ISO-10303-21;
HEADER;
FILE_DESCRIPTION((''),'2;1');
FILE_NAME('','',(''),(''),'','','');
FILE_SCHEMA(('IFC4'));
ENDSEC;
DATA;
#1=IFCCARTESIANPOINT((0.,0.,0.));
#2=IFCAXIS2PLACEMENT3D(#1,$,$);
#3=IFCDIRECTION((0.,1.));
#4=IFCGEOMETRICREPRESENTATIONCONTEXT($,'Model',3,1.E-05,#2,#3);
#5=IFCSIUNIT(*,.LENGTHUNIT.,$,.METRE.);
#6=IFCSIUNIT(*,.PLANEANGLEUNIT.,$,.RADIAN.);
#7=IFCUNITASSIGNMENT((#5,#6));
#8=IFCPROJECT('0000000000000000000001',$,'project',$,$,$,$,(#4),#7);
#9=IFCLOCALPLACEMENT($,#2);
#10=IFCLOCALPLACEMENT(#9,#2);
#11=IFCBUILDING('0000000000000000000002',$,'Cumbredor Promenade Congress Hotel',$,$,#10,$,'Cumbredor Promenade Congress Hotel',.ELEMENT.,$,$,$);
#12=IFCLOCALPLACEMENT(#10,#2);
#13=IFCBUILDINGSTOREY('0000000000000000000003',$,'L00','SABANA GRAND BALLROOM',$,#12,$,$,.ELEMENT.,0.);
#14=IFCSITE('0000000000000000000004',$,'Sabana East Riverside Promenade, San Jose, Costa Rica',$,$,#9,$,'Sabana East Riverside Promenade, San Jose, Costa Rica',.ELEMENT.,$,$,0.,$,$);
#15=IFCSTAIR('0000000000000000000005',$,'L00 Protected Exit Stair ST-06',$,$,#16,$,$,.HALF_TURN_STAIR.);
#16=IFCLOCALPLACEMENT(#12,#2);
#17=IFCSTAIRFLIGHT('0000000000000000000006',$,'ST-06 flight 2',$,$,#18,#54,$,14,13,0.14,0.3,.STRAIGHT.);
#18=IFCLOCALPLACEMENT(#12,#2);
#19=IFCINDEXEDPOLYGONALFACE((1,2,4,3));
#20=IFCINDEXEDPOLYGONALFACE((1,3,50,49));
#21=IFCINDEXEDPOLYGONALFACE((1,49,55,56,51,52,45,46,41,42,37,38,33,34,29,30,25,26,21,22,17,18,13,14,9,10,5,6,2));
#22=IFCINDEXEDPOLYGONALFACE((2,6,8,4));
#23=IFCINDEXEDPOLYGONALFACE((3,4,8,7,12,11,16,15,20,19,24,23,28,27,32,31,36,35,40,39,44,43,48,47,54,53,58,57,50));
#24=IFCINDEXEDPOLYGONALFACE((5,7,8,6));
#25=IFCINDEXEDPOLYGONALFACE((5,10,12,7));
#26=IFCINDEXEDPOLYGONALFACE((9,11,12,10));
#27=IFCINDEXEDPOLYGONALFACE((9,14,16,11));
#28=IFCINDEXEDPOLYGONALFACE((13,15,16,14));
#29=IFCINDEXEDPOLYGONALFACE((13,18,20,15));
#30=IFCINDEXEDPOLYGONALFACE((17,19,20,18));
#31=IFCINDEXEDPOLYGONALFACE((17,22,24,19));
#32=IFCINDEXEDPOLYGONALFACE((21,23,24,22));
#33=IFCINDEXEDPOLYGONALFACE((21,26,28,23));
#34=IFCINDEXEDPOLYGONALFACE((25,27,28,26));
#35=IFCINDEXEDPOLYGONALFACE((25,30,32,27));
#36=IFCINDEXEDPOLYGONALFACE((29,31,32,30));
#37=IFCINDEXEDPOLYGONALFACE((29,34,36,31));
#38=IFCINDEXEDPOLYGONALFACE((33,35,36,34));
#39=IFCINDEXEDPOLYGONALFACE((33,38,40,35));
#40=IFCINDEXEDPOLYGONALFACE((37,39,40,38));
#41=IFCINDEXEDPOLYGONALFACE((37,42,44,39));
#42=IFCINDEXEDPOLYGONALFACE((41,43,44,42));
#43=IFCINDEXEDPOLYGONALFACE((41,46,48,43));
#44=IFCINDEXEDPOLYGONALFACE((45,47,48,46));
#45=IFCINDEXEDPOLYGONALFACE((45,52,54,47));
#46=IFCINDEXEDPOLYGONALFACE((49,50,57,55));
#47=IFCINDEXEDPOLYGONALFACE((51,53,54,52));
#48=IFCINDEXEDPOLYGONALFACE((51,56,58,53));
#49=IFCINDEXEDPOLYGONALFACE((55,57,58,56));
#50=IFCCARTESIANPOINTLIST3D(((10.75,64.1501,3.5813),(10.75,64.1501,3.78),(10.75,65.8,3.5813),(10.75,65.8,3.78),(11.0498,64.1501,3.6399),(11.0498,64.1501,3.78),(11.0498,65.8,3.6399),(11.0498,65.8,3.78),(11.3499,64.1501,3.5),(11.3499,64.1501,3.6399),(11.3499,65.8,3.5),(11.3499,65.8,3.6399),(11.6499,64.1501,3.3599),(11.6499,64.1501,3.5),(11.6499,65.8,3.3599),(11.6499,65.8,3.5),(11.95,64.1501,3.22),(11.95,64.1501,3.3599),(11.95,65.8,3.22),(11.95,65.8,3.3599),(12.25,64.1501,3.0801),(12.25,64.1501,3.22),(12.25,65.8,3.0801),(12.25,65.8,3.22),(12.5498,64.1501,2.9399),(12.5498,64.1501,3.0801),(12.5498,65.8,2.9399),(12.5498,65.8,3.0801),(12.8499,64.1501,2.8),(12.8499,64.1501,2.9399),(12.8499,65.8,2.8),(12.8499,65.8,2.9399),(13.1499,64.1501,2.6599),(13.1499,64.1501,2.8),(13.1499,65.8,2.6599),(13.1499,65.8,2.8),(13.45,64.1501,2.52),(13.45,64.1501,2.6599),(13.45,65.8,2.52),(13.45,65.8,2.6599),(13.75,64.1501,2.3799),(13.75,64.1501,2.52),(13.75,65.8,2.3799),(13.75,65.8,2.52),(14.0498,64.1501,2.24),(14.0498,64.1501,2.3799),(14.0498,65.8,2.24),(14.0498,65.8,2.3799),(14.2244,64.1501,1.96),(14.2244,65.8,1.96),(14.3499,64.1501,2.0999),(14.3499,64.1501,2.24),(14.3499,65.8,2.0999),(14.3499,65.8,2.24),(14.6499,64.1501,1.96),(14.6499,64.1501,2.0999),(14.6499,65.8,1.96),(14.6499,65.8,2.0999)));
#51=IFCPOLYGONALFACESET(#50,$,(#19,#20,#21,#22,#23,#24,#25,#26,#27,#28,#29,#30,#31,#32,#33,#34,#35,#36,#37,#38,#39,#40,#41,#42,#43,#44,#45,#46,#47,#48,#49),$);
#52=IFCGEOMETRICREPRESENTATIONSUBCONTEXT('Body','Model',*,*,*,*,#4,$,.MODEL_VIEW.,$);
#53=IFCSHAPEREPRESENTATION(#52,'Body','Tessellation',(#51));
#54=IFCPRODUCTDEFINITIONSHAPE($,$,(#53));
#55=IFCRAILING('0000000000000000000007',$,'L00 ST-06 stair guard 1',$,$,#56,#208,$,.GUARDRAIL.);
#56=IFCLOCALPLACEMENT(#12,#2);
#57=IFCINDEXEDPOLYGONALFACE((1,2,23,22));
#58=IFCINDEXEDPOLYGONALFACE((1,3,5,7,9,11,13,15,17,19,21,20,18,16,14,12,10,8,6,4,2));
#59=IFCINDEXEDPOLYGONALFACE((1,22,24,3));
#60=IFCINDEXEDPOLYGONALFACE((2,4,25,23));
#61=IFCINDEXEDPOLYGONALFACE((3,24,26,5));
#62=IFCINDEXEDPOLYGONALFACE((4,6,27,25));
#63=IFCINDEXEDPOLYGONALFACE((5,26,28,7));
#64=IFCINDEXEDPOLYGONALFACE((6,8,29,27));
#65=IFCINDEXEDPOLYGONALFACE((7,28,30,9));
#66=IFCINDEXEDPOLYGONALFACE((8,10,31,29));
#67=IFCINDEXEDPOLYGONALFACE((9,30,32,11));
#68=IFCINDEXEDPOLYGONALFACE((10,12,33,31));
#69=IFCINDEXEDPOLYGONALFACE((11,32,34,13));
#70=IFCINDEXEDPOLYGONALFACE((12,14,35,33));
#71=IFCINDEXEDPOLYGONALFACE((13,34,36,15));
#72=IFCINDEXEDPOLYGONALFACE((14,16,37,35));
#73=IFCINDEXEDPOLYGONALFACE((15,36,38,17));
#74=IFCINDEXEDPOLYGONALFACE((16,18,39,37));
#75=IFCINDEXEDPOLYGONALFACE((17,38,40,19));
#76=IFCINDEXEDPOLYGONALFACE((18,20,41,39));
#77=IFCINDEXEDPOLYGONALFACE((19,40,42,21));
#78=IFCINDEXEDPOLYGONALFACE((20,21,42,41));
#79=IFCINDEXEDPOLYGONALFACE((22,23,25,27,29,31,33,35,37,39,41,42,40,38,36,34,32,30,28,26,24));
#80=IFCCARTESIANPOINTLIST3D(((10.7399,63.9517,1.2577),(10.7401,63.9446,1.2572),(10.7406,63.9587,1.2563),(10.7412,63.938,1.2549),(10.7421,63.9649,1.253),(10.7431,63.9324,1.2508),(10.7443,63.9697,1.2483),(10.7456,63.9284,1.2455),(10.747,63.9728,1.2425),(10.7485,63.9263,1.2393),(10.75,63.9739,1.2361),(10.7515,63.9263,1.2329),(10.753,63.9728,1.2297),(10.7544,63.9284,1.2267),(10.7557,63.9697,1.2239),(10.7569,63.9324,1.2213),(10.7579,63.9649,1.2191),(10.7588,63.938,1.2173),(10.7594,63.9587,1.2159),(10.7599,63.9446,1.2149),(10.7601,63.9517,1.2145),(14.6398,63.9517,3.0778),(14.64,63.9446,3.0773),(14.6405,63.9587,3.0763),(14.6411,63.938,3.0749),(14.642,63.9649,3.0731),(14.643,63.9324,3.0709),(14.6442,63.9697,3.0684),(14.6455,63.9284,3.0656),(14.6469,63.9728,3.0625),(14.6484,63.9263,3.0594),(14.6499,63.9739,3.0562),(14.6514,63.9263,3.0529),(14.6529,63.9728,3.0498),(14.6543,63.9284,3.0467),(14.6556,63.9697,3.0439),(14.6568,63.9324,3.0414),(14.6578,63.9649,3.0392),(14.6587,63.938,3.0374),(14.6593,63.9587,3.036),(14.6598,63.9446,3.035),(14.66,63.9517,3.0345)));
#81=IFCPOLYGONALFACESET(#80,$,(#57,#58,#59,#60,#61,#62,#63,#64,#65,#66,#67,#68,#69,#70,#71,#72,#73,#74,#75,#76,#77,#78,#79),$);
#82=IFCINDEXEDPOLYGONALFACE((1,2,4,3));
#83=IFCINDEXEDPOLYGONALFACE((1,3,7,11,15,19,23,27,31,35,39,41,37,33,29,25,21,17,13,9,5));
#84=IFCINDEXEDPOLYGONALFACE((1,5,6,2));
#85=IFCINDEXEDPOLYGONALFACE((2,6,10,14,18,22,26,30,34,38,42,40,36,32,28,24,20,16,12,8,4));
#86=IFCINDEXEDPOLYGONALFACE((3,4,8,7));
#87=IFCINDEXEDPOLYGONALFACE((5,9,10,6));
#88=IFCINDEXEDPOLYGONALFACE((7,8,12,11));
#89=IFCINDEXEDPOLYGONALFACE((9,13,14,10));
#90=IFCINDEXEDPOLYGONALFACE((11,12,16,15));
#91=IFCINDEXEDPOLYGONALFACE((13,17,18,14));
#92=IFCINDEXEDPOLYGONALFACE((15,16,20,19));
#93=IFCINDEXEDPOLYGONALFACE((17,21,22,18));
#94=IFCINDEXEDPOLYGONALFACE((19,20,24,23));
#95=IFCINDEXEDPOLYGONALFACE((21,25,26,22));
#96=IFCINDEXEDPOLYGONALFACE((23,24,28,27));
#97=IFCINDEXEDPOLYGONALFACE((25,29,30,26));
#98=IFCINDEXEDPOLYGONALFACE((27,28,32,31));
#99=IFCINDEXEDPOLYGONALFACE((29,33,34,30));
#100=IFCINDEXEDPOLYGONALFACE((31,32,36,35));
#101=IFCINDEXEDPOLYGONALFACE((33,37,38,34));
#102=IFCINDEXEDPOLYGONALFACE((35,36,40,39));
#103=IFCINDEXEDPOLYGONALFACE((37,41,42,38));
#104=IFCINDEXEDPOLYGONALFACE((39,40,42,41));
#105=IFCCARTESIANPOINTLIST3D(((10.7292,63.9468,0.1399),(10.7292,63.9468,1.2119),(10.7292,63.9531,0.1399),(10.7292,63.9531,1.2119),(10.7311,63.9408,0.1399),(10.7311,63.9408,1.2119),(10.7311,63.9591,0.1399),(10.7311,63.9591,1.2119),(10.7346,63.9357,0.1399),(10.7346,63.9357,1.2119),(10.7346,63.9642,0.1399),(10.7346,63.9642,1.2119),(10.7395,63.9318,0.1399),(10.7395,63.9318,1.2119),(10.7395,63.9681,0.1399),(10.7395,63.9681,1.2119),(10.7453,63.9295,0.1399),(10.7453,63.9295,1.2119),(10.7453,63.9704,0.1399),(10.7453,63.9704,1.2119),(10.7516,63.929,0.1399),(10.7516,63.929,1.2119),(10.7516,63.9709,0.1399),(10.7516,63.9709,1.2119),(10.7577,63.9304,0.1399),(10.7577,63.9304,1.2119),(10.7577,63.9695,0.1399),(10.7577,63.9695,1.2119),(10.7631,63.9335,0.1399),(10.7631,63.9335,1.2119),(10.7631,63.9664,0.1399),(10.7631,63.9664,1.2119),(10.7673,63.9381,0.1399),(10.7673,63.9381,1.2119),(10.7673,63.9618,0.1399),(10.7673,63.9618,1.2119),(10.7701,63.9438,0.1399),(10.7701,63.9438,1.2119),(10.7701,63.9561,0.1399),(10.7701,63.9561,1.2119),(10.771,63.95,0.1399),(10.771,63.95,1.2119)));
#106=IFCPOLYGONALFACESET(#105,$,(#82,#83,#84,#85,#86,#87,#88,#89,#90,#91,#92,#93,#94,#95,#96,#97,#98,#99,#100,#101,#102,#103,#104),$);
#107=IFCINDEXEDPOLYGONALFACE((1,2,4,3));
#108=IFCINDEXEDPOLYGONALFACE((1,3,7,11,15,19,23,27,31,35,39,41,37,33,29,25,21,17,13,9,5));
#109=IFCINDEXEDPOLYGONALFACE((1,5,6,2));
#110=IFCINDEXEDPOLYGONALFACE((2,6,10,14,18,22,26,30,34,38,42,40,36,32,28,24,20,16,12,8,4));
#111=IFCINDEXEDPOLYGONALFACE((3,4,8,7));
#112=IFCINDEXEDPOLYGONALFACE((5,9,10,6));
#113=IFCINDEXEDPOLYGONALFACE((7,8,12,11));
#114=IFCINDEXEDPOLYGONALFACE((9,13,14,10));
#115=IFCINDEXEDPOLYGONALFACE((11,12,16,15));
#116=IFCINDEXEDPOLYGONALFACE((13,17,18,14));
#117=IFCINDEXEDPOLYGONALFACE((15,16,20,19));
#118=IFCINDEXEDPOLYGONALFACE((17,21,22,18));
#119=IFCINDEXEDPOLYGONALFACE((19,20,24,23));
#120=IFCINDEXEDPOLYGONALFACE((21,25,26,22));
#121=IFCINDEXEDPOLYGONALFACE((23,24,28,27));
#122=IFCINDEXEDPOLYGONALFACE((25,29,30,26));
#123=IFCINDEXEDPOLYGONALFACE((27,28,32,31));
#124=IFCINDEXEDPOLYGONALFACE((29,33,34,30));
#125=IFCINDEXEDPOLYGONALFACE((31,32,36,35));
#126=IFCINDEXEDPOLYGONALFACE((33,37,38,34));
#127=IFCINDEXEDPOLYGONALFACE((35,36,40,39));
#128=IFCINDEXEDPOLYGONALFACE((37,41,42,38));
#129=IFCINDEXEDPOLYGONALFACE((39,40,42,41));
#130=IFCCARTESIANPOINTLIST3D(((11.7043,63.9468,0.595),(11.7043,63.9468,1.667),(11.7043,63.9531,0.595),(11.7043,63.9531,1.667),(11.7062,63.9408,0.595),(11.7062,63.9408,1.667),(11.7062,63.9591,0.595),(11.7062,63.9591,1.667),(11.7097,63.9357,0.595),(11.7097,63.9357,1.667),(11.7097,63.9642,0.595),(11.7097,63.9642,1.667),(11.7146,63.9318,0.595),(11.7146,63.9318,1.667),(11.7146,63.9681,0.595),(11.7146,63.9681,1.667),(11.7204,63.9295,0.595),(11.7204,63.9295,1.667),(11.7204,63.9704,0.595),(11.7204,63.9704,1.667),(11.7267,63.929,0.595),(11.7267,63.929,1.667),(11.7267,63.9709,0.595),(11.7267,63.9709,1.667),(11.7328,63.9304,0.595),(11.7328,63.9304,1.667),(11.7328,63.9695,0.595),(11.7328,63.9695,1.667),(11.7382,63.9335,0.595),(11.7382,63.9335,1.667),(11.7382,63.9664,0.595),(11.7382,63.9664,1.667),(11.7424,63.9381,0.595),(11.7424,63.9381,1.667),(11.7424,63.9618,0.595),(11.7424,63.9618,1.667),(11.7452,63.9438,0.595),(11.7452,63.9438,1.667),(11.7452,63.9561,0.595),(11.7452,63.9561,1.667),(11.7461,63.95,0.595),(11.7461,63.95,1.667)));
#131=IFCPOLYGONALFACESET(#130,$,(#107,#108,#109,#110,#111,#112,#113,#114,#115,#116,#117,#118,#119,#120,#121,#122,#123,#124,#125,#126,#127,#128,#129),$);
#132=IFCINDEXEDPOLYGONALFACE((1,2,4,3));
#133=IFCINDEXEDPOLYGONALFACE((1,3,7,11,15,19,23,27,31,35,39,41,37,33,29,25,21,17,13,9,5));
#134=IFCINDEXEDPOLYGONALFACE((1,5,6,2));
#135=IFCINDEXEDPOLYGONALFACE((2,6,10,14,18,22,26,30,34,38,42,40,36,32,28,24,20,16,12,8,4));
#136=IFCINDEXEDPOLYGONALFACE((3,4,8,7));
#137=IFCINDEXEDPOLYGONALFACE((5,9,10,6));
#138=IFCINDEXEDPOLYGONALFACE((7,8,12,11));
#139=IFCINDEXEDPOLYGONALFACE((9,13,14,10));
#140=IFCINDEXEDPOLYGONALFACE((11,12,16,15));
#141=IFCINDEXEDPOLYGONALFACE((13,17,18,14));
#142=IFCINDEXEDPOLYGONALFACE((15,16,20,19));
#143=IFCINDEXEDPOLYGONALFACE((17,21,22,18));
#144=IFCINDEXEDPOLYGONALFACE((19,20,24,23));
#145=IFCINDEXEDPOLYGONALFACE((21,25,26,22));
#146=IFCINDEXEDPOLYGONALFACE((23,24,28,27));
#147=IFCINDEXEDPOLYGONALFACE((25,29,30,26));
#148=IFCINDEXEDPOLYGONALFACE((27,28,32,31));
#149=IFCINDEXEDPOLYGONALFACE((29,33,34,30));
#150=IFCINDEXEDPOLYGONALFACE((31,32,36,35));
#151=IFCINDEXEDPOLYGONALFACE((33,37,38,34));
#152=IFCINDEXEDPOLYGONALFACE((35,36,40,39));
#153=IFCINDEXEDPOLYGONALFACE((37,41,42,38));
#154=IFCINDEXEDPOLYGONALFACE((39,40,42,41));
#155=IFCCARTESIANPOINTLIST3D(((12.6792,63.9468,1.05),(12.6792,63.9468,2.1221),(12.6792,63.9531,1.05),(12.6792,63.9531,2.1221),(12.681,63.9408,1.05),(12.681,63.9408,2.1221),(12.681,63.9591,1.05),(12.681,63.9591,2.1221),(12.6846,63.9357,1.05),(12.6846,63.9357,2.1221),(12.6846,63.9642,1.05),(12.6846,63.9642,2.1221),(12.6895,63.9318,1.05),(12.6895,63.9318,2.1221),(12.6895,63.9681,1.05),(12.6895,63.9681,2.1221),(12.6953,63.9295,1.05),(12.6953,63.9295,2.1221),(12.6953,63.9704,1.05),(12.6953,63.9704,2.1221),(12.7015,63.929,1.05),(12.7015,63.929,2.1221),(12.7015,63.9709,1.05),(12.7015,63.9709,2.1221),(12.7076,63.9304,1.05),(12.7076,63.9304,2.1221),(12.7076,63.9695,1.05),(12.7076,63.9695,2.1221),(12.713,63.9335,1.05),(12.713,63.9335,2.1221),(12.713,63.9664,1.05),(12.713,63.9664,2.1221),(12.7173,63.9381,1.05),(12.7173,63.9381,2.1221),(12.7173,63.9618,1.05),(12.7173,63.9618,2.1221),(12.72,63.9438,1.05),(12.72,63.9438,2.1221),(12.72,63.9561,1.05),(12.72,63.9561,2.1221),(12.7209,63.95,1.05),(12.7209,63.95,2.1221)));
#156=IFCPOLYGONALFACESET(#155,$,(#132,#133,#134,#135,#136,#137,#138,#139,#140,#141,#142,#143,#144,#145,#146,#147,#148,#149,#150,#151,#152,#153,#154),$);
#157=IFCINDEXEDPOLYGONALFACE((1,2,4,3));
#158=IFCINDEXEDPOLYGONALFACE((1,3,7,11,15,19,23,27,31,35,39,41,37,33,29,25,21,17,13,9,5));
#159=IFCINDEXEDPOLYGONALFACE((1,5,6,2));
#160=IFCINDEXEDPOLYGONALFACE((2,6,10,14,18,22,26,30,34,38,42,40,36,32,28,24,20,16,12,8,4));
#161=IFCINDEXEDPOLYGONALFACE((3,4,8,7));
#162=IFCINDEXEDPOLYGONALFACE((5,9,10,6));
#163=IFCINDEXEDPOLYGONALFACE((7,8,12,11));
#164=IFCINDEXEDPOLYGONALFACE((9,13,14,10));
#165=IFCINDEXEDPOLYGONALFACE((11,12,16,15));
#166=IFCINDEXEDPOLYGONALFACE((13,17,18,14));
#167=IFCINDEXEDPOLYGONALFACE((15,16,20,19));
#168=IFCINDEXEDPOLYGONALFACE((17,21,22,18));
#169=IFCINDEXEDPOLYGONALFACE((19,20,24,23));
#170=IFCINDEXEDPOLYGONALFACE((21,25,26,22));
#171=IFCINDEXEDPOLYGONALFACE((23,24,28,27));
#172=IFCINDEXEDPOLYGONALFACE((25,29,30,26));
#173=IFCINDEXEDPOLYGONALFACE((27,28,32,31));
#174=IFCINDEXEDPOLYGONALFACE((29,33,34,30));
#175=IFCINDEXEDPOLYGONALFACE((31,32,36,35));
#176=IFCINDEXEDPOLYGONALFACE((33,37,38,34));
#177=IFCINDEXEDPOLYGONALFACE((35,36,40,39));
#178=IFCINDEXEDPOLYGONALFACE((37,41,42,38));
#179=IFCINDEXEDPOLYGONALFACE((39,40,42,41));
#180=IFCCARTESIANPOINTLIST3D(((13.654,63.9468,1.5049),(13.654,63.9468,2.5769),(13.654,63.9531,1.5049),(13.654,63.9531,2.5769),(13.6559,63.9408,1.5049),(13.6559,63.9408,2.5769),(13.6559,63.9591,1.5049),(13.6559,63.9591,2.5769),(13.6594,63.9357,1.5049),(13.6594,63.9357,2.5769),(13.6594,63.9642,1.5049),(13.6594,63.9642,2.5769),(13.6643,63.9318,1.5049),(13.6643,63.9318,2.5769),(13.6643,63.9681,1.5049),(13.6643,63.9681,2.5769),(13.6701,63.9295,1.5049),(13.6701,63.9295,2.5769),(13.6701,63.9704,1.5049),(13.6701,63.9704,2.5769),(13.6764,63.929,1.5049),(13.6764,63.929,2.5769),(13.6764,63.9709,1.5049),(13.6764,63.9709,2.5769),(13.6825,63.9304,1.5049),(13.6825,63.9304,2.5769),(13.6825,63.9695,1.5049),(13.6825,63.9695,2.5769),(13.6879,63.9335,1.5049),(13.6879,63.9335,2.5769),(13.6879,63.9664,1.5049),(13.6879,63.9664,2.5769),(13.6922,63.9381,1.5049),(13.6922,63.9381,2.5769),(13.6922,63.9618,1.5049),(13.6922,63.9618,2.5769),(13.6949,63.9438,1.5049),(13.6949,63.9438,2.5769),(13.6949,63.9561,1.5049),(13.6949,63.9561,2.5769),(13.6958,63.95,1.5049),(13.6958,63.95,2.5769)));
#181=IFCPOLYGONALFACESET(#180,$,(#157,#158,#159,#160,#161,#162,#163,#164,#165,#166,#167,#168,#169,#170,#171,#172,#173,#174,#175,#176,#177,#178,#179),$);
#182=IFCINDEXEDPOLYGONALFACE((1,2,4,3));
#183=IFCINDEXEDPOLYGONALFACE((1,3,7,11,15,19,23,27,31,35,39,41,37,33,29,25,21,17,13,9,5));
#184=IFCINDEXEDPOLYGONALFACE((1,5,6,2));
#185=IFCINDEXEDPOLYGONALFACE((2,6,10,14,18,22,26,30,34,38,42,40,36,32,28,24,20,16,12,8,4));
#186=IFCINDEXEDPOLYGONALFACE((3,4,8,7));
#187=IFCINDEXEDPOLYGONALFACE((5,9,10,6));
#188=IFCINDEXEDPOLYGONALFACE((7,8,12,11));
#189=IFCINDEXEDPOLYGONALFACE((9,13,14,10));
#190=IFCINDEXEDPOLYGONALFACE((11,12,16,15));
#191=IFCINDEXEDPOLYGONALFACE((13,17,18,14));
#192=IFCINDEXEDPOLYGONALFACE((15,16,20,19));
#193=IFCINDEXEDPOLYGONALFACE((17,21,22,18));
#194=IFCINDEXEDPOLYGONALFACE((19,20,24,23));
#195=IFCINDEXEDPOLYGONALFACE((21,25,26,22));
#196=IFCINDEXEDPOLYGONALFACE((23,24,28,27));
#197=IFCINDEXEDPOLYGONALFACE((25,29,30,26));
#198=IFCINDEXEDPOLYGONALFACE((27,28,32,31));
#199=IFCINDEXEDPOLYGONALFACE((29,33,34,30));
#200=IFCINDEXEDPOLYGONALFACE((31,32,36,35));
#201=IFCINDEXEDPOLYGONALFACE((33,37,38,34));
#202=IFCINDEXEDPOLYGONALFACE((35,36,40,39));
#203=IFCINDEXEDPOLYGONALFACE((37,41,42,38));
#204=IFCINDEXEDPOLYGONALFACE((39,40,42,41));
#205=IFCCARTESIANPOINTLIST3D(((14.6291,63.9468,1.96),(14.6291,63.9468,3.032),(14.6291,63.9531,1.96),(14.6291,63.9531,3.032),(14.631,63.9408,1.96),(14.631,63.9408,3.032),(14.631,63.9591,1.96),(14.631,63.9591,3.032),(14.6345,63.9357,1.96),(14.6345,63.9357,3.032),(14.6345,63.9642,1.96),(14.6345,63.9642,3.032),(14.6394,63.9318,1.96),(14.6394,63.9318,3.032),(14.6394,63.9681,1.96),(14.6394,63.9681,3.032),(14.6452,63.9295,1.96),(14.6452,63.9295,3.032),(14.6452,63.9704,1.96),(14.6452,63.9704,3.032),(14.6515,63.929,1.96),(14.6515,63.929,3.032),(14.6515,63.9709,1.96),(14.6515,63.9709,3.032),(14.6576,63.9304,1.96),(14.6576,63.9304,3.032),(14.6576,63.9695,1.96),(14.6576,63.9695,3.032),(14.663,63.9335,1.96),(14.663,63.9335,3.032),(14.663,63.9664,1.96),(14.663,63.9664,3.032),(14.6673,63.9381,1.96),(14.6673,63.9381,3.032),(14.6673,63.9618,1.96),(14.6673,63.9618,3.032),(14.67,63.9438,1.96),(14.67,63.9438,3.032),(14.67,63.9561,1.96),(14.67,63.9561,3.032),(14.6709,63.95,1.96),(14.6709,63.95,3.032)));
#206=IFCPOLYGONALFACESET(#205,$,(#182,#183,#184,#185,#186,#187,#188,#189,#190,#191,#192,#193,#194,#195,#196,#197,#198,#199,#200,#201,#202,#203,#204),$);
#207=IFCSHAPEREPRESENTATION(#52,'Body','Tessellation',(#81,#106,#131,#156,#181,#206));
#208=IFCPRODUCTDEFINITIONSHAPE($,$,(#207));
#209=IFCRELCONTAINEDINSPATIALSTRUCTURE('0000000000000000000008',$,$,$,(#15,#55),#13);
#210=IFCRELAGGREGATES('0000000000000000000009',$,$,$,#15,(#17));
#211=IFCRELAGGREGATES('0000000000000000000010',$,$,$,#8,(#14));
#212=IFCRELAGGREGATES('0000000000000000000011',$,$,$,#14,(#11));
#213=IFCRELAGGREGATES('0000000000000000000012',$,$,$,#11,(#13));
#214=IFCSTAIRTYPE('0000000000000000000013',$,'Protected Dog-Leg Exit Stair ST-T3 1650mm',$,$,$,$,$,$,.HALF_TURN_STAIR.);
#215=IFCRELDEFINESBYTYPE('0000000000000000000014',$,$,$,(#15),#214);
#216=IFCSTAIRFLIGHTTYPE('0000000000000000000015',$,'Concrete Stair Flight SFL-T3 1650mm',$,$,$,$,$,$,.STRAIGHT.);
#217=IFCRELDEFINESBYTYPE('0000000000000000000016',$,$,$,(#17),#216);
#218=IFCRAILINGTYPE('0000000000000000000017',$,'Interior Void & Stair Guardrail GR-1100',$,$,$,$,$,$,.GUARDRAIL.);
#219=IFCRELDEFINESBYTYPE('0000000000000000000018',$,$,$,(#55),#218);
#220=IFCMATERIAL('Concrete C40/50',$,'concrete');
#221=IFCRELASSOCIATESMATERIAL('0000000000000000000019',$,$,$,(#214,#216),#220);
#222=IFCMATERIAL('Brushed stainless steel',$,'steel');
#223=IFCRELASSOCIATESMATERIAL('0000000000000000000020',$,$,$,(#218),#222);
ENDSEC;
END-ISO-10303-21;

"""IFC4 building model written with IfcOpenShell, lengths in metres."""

from ifc_helpers import new_model, si_unit, direction, frame, origin, origin_2d, place, context, subcontext, project, spatial, polyline, circle, outline, extrude, material, type_object, element, aggregate, save


model = new_model("IFC4")

# Units and contexts
model_context = context("Model", 3, precision=1e-05, world=origin(), true_north=direction((0.0, 1.0)))
body_context = subcontext(model_context, "Body", "Model", "MODEL_VIEW")
ifc_project = project(units=[si_unit("LENGTHUNIT", "METRE"), si_unit("PLANEANGLEUNIT", "RADIAN")], contexts=[model_context])

# Site, building, storey
site_placement = place(None, origin())
site = spatial("IfcSite", under=ifc_project, at=site_placement, Name="Sabana East Riverside Promenade, San Jose, Costa Rica", LongName="Sabana East Riverside Promenade, San Jose, Costa Rica", CompositionType="ELEMENT", RefElevation=0.0)
building_placement = place(site_placement, origin())
building = spatial("IfcBuilding", under=site, at=building_placement, Name="Cumbredor Promenade Congress Hotel", LongName="Cumbredor Promenade Congress Hotel", CompositionType="ELEMENT")
storey_placement = place(building_placement, origin())
storey = spatial("IfcBuildingStorey", under=building, at=storey_placement, Name="L00", Description="SABANA GRAND BALLROOM", CompositionType="ELEMENT", Elevation=0.0)

# Shared definitions
ifc_material_1 = material(Name="Concrete C40/50", Category="concrete")

# Stair, stair flight
stair_type = type_object("IfcStairType", Name="Protected Dog-Leg Exit Stair ST-T3 1650mm", PredefinedType="HALF_TURN_STAIR", material=ifc_material_1)
stair_placement = place(storey_placement, origin())
stair = element("IfcStair", 1, at=stair_placement, inside=storey, type_object=stair_type, Name="L00 Protected Exit Stair ST-06", PredefinedType="HALF_TURN_STAIR")
stair_flight_type = type_object("IfcStairFlightType", Name="Concrete Stair Flight SFL-T3 1650mm", PredefinedType="STRAIGHT", material=ifc_material_1)
stair_flight_1_placement = place(storey_placement, frame((14.6499, 64.9751, 1.96), z_axis=(0.0, 0.0, 1.0), x_axis=(-1.0, 0.0, 0.0)))
stair_flight_1 = element("IfcStairFlight", 2, at=stair_flight_1_placement, type_object=stair_flight_type, Name="ST-06 flight 2", NumberOfRisers=14, NumberOfTreads=13, PredefinedType="STRAIGHT", RiserHeight=0.14, TreadLength=0.3, context=body_context, shape_type="SweptSolid", body=[
    extrude(outline(polyline([(0.0, 0.0), (0.0, 0.1399), (0.3, 0.1399), (0.3, 0.28), (0.6001, 0.28), (0.6001, 0.4199), (0.8999, 0.4199), (0.8999, 0.5601), (1.2, 0.5601), (1.2, 0.7), (1.5, 0.7), (1.5, 0.8401), (1.8, 0.8401), (1.8, 0.98), (2.1001, 0.98), (2.1001, 1.1201), (2.3999, 1.1201), (2.3999, 1.26), (2.7, 1.26), (2.7, 1.3999), (3.0, 1.3999), (3.0, 1.54), (3.3, 1.54), (3.3, 1.6799), (3.6001, 1.6799), (3.6001, 1.8201), (3.8999, 1.8201), (3.8999, 1.96), (3.8999, 1.6213), (0.4255, 0.0), (0.0, 0.0)])), frame((0.0, 0.825, 0.0), z_axis=(0.0, -1.0, 0.0), x_axis=(1.0, 0.0, 0.0)), (0.0, 0.0, 1.0), 1.6499),
])
aggregate(stair, [stair_flight_1])

# Railing
ifc_material_2 = material(Name="Brushed stainless steel", Category="steel")
railing_type_1 = type_object("IfcRailingType", Name="Interior Void & Stair Guardrail GR-1100", PredefinedType="GUARDRAIL", material=ifc_material_2)
railing_1_placement = place(storey_placement, frame((10.75, 63.95, 0.1399)))
element("IfcRailing", 3, at=railing_1_placement, inside=storey, type_object=railing_type_1, Name="L00 ST-06 stair guard 1", PredefinedType="GUARDRAIL", context=body_context, shape_type="SweptSolid", body=[
    extrude(circle(Radius=0.0239, at=origin_2d()), frame((0.0, 0.0, 1.0962), z_axis=(0.906173, 0.0, 0.422907), x_axis=(0.0, 1.0, 0.0)), (0.0, 0.0, 1.0), 4.3037),
    extrude(circle(Radius=0.021, at=origin_2d()), origin(), (0.0, 0.0, 1.0), 1.072),
    extrude(circle(Radius=0.021, at=origin_2d()), frame((0.9751, 0.0, 0.4551)), (0.0, 0.0, 1.0), 1.072),
    extrude(circle(Radius=0.021, at=origin_2d()), frame((1.95, 0.0, 0.9102)), (0.0, 0.0, 1.0), 1.072),
    extrude(circle(Radius=0.021, at=origin_2d()), frame((2.9248, 0.0, 1.365)), (0.0, 0.0, 1.0), 1.072),
    extrude(circle(Radius=0.021, at=origin_2d()), frame((3.8999, 0.0, 1.8201)), (0.0, 0.0, 1.0), 1.072),
])

save(model, "model.ifc")
